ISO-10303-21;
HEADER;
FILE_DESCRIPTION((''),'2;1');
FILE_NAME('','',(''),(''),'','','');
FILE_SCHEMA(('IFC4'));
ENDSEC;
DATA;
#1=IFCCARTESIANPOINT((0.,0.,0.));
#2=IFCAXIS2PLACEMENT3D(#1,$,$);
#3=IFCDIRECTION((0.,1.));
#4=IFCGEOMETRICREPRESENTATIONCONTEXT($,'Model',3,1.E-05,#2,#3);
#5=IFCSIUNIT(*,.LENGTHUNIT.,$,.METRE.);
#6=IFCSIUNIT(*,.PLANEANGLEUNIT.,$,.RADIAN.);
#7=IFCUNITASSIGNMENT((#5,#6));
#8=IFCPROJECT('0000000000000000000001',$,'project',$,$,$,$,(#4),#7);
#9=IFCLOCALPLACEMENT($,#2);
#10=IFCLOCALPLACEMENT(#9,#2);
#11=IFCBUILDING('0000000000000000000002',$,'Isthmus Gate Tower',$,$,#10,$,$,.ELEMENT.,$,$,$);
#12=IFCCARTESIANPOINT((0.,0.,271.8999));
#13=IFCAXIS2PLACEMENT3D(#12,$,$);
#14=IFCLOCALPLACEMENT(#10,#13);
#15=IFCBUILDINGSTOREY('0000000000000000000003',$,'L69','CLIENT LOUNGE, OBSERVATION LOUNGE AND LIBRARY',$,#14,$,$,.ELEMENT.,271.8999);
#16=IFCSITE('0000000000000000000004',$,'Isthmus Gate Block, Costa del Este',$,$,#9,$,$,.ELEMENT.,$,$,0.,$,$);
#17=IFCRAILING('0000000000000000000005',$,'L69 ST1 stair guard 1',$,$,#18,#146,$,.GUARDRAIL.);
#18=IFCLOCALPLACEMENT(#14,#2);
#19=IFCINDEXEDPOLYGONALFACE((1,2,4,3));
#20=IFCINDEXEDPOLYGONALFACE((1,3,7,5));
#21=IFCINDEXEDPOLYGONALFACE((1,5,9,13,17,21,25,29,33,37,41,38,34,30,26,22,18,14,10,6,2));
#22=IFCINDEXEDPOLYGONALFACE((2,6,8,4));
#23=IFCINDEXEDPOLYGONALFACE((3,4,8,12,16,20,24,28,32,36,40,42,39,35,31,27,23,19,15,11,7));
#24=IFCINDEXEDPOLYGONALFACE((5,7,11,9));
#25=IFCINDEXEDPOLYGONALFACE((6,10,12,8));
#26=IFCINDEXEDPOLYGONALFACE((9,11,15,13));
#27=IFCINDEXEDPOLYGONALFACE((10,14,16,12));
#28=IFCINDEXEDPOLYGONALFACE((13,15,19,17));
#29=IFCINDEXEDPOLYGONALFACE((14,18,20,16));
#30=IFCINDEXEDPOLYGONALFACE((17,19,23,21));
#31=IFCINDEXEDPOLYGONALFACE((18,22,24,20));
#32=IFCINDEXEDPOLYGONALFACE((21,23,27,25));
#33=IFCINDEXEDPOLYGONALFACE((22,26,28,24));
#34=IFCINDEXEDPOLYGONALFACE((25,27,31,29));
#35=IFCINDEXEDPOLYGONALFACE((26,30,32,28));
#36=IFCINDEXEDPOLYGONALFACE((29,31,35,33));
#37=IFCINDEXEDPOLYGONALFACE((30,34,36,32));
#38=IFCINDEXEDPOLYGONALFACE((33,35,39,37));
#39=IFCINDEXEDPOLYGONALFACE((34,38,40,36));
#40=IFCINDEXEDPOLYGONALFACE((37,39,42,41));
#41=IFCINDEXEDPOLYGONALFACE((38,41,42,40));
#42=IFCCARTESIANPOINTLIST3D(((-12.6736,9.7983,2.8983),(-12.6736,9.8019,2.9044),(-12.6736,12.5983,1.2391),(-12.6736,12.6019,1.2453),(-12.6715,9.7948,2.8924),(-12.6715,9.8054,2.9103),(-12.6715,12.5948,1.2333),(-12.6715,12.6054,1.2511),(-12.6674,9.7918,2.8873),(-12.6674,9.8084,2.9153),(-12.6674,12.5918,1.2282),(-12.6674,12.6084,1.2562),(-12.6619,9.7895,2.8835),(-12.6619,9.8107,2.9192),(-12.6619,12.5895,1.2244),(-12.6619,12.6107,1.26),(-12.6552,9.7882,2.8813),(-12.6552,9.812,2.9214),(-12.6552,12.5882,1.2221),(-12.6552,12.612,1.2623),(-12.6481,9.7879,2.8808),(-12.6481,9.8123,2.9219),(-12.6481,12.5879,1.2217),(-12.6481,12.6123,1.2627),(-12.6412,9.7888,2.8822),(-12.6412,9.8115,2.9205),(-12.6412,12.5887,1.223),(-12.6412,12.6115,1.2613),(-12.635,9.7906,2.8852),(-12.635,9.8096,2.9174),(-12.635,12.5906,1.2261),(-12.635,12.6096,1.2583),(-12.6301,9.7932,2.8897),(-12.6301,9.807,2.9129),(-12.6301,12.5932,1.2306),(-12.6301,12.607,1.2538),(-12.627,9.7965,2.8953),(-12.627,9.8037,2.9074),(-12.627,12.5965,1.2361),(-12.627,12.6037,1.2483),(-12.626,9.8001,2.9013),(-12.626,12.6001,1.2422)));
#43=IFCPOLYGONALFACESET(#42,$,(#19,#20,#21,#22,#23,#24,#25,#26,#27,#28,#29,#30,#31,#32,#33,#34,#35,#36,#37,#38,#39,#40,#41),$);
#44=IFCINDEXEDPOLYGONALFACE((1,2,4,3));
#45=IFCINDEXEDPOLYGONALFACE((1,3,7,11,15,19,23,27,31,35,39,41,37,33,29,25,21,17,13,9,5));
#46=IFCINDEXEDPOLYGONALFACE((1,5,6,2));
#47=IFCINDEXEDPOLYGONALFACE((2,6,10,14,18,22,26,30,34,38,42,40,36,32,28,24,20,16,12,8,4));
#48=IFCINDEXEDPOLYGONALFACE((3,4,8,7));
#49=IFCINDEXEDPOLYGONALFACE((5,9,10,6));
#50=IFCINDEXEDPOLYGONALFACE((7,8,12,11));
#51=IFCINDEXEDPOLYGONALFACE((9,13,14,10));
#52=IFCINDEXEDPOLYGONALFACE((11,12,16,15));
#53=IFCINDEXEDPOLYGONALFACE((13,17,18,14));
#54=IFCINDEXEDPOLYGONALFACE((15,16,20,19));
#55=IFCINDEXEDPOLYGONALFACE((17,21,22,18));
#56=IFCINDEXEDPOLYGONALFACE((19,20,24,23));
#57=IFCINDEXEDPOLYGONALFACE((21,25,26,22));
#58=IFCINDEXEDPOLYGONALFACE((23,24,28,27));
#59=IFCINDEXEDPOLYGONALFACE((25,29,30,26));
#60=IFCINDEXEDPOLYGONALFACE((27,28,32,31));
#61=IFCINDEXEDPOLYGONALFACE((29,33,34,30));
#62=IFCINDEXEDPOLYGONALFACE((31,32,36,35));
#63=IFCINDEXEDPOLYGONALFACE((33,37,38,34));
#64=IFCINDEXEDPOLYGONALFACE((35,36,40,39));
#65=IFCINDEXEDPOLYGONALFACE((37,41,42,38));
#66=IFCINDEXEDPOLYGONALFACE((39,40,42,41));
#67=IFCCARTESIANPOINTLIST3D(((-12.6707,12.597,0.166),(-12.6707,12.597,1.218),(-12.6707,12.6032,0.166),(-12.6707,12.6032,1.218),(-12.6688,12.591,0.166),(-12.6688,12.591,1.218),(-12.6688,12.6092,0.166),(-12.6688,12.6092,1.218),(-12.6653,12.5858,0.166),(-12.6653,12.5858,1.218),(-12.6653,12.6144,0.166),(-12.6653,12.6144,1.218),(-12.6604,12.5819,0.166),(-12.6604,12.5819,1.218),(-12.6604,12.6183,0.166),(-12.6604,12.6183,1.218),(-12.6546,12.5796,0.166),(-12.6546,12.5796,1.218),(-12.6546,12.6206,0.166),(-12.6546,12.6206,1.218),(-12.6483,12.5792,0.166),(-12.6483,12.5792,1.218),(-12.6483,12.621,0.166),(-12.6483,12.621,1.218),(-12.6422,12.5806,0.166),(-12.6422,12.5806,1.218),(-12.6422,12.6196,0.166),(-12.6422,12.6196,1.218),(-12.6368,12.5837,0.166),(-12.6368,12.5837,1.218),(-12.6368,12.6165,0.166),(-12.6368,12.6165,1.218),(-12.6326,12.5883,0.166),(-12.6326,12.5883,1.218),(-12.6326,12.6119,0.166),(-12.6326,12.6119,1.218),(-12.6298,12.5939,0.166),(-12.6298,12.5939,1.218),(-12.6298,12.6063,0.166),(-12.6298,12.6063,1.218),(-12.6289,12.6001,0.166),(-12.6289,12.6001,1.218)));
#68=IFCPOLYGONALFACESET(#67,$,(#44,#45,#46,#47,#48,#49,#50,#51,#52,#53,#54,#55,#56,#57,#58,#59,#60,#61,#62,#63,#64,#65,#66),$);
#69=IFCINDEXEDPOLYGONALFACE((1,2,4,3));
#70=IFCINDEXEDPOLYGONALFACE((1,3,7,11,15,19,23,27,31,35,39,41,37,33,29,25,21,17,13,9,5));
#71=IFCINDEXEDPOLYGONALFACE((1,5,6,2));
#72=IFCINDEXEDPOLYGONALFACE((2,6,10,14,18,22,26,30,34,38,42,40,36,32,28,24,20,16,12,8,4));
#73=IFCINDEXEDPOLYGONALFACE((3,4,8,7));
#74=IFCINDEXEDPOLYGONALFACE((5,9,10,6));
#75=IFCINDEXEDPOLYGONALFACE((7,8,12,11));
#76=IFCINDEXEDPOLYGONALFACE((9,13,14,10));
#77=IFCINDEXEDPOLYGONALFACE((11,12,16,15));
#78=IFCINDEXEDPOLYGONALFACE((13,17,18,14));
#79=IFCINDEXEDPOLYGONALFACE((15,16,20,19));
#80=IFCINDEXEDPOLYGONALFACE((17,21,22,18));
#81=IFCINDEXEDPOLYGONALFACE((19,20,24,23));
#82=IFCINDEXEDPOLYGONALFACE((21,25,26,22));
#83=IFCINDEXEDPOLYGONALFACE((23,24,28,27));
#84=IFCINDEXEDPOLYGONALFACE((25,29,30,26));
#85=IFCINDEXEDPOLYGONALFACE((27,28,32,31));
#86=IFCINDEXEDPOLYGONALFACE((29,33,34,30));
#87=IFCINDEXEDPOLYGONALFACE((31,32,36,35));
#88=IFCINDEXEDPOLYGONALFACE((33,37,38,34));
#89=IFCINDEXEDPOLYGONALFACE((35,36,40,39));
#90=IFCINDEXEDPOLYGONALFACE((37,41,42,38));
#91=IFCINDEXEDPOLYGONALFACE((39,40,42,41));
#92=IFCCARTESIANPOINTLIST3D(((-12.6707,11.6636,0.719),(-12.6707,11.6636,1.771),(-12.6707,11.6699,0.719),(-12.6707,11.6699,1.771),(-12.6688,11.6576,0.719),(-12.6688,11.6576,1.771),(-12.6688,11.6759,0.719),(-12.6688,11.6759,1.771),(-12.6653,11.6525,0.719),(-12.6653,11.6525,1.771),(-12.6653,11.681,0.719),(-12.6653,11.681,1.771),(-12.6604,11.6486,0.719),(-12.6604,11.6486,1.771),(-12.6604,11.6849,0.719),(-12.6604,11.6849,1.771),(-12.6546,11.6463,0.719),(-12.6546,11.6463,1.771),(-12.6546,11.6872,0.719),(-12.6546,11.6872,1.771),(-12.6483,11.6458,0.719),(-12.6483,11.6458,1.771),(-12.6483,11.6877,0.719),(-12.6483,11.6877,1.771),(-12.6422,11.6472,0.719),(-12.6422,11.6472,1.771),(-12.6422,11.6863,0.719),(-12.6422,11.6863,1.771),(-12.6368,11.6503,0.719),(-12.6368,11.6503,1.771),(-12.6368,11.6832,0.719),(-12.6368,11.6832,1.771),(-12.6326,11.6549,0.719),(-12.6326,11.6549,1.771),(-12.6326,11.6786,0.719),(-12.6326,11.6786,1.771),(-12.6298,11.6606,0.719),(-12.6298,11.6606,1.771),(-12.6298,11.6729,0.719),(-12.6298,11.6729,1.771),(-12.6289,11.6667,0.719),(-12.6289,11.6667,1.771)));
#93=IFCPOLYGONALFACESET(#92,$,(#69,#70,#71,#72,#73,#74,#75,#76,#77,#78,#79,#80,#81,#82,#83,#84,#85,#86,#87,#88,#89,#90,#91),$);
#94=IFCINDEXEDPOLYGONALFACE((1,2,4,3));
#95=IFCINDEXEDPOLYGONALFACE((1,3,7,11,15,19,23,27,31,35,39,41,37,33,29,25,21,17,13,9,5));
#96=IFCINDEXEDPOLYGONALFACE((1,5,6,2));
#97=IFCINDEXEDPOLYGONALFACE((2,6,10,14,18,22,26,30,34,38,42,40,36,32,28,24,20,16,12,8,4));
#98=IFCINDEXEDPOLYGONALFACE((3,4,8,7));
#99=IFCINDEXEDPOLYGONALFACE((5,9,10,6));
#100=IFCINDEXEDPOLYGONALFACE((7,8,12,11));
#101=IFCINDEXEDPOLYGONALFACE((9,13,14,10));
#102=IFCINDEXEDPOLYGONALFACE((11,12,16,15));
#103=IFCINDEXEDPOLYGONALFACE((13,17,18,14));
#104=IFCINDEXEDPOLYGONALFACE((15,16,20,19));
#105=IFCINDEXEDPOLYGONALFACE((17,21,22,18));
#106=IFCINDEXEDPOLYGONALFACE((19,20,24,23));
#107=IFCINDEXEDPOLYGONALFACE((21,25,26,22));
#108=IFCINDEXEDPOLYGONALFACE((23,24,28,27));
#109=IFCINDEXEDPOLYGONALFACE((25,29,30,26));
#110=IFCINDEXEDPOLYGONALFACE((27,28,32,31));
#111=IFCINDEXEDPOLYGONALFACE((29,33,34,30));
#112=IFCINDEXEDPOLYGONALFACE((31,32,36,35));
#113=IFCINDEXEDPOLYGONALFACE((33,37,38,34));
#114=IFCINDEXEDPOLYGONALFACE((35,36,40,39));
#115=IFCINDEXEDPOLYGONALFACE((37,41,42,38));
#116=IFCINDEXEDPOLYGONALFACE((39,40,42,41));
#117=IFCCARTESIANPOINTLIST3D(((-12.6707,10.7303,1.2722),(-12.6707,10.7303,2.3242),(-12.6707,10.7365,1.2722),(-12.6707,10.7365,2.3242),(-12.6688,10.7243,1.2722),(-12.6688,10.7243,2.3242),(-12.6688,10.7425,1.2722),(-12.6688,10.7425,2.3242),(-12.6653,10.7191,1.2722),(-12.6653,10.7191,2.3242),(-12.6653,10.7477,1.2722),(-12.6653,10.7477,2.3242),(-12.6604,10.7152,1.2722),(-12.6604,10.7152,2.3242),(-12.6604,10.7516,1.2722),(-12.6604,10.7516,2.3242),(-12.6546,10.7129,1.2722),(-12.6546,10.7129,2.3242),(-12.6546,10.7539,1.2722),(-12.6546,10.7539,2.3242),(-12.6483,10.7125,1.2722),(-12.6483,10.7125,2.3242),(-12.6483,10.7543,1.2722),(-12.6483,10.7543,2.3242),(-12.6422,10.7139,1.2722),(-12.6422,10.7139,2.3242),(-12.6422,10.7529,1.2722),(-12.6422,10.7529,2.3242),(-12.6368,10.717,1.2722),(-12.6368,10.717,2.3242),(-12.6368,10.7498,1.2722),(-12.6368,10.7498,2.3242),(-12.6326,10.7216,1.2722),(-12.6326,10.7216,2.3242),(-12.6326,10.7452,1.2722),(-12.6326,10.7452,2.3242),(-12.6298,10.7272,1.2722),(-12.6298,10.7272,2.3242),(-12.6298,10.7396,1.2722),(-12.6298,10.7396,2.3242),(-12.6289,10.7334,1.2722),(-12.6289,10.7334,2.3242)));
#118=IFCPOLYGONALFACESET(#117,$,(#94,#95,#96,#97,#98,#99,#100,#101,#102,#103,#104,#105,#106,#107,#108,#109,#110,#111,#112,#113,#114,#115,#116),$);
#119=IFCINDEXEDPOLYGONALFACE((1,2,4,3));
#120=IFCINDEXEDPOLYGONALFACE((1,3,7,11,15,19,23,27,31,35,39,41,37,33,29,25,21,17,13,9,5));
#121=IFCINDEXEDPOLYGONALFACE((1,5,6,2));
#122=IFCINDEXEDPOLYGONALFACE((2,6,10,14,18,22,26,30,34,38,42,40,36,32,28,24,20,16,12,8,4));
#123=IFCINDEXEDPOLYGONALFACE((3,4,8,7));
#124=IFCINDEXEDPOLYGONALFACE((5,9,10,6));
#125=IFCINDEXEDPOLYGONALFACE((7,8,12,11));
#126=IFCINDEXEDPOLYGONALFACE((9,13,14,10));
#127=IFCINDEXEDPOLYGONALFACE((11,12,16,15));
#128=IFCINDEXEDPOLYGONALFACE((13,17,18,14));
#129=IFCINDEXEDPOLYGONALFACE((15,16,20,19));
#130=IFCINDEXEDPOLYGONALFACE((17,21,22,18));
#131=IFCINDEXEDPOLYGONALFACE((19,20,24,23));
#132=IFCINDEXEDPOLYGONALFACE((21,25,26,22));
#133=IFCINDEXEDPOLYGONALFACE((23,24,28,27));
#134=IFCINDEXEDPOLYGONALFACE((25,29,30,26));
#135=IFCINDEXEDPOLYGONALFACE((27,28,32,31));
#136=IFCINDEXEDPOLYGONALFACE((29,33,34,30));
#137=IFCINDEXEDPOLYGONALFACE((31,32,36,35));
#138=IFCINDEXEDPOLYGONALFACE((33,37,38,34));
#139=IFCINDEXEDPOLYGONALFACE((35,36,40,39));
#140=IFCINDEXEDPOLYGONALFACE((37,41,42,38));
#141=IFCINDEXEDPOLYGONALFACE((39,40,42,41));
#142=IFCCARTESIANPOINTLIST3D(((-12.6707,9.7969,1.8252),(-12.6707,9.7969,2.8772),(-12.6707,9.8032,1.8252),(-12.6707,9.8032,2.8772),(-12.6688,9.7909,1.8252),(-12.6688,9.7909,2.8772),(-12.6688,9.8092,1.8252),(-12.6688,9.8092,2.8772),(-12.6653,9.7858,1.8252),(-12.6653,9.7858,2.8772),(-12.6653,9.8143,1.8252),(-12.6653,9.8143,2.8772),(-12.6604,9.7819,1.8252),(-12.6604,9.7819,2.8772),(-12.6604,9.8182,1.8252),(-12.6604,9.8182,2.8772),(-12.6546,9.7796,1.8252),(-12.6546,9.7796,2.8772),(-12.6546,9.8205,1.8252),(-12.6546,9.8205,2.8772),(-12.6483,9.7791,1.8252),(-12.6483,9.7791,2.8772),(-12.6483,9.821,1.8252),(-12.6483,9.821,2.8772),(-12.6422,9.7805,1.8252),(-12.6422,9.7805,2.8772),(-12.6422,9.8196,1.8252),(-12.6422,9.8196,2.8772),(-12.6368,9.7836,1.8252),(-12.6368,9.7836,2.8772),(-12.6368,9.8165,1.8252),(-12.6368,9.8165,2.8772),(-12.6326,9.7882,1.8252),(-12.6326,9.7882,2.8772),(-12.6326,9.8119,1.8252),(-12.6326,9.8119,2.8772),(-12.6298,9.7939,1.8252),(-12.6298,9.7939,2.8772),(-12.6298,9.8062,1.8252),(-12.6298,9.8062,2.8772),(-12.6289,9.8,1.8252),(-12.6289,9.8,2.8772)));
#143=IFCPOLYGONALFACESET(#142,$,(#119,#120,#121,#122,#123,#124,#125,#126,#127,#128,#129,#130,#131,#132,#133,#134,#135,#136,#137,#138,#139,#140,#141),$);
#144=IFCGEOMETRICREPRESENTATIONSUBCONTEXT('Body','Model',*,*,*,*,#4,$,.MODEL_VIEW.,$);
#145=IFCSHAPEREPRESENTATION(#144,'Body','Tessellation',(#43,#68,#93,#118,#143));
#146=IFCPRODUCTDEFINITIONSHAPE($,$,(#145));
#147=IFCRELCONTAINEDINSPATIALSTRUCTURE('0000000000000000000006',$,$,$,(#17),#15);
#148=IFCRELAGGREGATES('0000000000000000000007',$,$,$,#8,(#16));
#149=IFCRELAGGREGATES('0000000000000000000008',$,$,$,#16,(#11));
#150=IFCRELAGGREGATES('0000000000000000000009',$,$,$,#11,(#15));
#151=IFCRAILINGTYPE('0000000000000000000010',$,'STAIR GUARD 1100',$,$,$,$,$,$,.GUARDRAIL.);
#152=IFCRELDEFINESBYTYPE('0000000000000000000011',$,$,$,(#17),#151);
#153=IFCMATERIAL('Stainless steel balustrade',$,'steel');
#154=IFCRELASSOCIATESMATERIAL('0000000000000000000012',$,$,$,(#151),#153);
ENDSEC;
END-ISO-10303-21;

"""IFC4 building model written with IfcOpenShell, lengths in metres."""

from ifc_helpers import new_model, si_unit, direction, frame, origin, origin_2d, place, context, subcontext, project, spatial, circle, extrude, material, type_object, element, save


model = new_model("IFC4")

# Units and contexts
model_context = context("Model", 3, precision=1e-05, world=origin(), true_north=direction((0.0, 1.0)))
body_context = subcontext(model_context, "Body", "Model", "MODEL_VIEW")
ifc_project = project(units=[si_unit("LENGTHUNIT", "METRE"), si_unit("PLANEANGLEUNIT", "RADIAN")], contexts=[model_context])

# Site, building, storey
site_placement = place(None, origin())
site = spatial("IfcSite", under=ifc_project, at=site_placement, Name="Isthmus Gate Block, Costa del Este", CompositionType="ELEMENT", RefElevation=0.0)
building_placement = place(site_placement, origin())
building = spatial("IfcBuilding", under=site, at=building_placement, Name="Isthmus Gate Tower", CompositionType="ELEMENT")
storey_placement = place(building_placement, frame((0.0, 0.0, 271.8999)))
storey = spatial("IfcBuildingStorey", under=building, at=storey_placement, Name="L69", Description="CLIENT LOUNGE, OBSERVATION LOUNGE AND LIBRARY", CompositionType="ELEMENT", Elevation=271.8999)

# Railing
ifc_material_1 = material(Name="Stainless steel balustrade", Category="steel")
railing_type_1 = type_object("IfcRailingType", Name="STAIR GUARD 1100", PredefinedType="GUARDRAIL", material=ifc_material_1)
railing_1_placement = place(storey_placement, frame((-12.6499, 12.6001, 0.166)))
element("IfcRailing", 1, at=railing_1_placement, inside=storey, type_object=railing_type_1, Name="L69 ST1 stair guard 1", PredefinedType="GUARDRAIL", context=body_context, shape_type="SweptSolid", body=[
    extrude(circle(Radius=0.0239, at=origin_2d()), frame((0.0, 0.0, 1.0762), z_axis=(0.0, -0.860306, 0.509778), x_axis=(1.0, 0.0, 0.0)), (0.0, 0.0, 1.0), 3.2546),
    extrude(circle(Radius=0.021, at=origin_2d()), origin(), (0.0, 0.0, 1.0), 1.052),
    extrude(circle(Radius=0.021, at=origin_2d()), frame((0.0, -0.9333, 0.553)), (0.0, 0.0, 1.0), 1.052),
    extrude(circle(Radius=0.021, at=origin_2d()), frame((0.0, -1.8667, 1.1062)), (0.0, 0.0, 1.0), 1.052),
    extrude(circle(Radius=0.021, at=origin_2d()), frame((0.0, -2.8, 1.6592)), (0.0, 0.0, 1.0), 1.052),
])

save(model, "model.ifc")
